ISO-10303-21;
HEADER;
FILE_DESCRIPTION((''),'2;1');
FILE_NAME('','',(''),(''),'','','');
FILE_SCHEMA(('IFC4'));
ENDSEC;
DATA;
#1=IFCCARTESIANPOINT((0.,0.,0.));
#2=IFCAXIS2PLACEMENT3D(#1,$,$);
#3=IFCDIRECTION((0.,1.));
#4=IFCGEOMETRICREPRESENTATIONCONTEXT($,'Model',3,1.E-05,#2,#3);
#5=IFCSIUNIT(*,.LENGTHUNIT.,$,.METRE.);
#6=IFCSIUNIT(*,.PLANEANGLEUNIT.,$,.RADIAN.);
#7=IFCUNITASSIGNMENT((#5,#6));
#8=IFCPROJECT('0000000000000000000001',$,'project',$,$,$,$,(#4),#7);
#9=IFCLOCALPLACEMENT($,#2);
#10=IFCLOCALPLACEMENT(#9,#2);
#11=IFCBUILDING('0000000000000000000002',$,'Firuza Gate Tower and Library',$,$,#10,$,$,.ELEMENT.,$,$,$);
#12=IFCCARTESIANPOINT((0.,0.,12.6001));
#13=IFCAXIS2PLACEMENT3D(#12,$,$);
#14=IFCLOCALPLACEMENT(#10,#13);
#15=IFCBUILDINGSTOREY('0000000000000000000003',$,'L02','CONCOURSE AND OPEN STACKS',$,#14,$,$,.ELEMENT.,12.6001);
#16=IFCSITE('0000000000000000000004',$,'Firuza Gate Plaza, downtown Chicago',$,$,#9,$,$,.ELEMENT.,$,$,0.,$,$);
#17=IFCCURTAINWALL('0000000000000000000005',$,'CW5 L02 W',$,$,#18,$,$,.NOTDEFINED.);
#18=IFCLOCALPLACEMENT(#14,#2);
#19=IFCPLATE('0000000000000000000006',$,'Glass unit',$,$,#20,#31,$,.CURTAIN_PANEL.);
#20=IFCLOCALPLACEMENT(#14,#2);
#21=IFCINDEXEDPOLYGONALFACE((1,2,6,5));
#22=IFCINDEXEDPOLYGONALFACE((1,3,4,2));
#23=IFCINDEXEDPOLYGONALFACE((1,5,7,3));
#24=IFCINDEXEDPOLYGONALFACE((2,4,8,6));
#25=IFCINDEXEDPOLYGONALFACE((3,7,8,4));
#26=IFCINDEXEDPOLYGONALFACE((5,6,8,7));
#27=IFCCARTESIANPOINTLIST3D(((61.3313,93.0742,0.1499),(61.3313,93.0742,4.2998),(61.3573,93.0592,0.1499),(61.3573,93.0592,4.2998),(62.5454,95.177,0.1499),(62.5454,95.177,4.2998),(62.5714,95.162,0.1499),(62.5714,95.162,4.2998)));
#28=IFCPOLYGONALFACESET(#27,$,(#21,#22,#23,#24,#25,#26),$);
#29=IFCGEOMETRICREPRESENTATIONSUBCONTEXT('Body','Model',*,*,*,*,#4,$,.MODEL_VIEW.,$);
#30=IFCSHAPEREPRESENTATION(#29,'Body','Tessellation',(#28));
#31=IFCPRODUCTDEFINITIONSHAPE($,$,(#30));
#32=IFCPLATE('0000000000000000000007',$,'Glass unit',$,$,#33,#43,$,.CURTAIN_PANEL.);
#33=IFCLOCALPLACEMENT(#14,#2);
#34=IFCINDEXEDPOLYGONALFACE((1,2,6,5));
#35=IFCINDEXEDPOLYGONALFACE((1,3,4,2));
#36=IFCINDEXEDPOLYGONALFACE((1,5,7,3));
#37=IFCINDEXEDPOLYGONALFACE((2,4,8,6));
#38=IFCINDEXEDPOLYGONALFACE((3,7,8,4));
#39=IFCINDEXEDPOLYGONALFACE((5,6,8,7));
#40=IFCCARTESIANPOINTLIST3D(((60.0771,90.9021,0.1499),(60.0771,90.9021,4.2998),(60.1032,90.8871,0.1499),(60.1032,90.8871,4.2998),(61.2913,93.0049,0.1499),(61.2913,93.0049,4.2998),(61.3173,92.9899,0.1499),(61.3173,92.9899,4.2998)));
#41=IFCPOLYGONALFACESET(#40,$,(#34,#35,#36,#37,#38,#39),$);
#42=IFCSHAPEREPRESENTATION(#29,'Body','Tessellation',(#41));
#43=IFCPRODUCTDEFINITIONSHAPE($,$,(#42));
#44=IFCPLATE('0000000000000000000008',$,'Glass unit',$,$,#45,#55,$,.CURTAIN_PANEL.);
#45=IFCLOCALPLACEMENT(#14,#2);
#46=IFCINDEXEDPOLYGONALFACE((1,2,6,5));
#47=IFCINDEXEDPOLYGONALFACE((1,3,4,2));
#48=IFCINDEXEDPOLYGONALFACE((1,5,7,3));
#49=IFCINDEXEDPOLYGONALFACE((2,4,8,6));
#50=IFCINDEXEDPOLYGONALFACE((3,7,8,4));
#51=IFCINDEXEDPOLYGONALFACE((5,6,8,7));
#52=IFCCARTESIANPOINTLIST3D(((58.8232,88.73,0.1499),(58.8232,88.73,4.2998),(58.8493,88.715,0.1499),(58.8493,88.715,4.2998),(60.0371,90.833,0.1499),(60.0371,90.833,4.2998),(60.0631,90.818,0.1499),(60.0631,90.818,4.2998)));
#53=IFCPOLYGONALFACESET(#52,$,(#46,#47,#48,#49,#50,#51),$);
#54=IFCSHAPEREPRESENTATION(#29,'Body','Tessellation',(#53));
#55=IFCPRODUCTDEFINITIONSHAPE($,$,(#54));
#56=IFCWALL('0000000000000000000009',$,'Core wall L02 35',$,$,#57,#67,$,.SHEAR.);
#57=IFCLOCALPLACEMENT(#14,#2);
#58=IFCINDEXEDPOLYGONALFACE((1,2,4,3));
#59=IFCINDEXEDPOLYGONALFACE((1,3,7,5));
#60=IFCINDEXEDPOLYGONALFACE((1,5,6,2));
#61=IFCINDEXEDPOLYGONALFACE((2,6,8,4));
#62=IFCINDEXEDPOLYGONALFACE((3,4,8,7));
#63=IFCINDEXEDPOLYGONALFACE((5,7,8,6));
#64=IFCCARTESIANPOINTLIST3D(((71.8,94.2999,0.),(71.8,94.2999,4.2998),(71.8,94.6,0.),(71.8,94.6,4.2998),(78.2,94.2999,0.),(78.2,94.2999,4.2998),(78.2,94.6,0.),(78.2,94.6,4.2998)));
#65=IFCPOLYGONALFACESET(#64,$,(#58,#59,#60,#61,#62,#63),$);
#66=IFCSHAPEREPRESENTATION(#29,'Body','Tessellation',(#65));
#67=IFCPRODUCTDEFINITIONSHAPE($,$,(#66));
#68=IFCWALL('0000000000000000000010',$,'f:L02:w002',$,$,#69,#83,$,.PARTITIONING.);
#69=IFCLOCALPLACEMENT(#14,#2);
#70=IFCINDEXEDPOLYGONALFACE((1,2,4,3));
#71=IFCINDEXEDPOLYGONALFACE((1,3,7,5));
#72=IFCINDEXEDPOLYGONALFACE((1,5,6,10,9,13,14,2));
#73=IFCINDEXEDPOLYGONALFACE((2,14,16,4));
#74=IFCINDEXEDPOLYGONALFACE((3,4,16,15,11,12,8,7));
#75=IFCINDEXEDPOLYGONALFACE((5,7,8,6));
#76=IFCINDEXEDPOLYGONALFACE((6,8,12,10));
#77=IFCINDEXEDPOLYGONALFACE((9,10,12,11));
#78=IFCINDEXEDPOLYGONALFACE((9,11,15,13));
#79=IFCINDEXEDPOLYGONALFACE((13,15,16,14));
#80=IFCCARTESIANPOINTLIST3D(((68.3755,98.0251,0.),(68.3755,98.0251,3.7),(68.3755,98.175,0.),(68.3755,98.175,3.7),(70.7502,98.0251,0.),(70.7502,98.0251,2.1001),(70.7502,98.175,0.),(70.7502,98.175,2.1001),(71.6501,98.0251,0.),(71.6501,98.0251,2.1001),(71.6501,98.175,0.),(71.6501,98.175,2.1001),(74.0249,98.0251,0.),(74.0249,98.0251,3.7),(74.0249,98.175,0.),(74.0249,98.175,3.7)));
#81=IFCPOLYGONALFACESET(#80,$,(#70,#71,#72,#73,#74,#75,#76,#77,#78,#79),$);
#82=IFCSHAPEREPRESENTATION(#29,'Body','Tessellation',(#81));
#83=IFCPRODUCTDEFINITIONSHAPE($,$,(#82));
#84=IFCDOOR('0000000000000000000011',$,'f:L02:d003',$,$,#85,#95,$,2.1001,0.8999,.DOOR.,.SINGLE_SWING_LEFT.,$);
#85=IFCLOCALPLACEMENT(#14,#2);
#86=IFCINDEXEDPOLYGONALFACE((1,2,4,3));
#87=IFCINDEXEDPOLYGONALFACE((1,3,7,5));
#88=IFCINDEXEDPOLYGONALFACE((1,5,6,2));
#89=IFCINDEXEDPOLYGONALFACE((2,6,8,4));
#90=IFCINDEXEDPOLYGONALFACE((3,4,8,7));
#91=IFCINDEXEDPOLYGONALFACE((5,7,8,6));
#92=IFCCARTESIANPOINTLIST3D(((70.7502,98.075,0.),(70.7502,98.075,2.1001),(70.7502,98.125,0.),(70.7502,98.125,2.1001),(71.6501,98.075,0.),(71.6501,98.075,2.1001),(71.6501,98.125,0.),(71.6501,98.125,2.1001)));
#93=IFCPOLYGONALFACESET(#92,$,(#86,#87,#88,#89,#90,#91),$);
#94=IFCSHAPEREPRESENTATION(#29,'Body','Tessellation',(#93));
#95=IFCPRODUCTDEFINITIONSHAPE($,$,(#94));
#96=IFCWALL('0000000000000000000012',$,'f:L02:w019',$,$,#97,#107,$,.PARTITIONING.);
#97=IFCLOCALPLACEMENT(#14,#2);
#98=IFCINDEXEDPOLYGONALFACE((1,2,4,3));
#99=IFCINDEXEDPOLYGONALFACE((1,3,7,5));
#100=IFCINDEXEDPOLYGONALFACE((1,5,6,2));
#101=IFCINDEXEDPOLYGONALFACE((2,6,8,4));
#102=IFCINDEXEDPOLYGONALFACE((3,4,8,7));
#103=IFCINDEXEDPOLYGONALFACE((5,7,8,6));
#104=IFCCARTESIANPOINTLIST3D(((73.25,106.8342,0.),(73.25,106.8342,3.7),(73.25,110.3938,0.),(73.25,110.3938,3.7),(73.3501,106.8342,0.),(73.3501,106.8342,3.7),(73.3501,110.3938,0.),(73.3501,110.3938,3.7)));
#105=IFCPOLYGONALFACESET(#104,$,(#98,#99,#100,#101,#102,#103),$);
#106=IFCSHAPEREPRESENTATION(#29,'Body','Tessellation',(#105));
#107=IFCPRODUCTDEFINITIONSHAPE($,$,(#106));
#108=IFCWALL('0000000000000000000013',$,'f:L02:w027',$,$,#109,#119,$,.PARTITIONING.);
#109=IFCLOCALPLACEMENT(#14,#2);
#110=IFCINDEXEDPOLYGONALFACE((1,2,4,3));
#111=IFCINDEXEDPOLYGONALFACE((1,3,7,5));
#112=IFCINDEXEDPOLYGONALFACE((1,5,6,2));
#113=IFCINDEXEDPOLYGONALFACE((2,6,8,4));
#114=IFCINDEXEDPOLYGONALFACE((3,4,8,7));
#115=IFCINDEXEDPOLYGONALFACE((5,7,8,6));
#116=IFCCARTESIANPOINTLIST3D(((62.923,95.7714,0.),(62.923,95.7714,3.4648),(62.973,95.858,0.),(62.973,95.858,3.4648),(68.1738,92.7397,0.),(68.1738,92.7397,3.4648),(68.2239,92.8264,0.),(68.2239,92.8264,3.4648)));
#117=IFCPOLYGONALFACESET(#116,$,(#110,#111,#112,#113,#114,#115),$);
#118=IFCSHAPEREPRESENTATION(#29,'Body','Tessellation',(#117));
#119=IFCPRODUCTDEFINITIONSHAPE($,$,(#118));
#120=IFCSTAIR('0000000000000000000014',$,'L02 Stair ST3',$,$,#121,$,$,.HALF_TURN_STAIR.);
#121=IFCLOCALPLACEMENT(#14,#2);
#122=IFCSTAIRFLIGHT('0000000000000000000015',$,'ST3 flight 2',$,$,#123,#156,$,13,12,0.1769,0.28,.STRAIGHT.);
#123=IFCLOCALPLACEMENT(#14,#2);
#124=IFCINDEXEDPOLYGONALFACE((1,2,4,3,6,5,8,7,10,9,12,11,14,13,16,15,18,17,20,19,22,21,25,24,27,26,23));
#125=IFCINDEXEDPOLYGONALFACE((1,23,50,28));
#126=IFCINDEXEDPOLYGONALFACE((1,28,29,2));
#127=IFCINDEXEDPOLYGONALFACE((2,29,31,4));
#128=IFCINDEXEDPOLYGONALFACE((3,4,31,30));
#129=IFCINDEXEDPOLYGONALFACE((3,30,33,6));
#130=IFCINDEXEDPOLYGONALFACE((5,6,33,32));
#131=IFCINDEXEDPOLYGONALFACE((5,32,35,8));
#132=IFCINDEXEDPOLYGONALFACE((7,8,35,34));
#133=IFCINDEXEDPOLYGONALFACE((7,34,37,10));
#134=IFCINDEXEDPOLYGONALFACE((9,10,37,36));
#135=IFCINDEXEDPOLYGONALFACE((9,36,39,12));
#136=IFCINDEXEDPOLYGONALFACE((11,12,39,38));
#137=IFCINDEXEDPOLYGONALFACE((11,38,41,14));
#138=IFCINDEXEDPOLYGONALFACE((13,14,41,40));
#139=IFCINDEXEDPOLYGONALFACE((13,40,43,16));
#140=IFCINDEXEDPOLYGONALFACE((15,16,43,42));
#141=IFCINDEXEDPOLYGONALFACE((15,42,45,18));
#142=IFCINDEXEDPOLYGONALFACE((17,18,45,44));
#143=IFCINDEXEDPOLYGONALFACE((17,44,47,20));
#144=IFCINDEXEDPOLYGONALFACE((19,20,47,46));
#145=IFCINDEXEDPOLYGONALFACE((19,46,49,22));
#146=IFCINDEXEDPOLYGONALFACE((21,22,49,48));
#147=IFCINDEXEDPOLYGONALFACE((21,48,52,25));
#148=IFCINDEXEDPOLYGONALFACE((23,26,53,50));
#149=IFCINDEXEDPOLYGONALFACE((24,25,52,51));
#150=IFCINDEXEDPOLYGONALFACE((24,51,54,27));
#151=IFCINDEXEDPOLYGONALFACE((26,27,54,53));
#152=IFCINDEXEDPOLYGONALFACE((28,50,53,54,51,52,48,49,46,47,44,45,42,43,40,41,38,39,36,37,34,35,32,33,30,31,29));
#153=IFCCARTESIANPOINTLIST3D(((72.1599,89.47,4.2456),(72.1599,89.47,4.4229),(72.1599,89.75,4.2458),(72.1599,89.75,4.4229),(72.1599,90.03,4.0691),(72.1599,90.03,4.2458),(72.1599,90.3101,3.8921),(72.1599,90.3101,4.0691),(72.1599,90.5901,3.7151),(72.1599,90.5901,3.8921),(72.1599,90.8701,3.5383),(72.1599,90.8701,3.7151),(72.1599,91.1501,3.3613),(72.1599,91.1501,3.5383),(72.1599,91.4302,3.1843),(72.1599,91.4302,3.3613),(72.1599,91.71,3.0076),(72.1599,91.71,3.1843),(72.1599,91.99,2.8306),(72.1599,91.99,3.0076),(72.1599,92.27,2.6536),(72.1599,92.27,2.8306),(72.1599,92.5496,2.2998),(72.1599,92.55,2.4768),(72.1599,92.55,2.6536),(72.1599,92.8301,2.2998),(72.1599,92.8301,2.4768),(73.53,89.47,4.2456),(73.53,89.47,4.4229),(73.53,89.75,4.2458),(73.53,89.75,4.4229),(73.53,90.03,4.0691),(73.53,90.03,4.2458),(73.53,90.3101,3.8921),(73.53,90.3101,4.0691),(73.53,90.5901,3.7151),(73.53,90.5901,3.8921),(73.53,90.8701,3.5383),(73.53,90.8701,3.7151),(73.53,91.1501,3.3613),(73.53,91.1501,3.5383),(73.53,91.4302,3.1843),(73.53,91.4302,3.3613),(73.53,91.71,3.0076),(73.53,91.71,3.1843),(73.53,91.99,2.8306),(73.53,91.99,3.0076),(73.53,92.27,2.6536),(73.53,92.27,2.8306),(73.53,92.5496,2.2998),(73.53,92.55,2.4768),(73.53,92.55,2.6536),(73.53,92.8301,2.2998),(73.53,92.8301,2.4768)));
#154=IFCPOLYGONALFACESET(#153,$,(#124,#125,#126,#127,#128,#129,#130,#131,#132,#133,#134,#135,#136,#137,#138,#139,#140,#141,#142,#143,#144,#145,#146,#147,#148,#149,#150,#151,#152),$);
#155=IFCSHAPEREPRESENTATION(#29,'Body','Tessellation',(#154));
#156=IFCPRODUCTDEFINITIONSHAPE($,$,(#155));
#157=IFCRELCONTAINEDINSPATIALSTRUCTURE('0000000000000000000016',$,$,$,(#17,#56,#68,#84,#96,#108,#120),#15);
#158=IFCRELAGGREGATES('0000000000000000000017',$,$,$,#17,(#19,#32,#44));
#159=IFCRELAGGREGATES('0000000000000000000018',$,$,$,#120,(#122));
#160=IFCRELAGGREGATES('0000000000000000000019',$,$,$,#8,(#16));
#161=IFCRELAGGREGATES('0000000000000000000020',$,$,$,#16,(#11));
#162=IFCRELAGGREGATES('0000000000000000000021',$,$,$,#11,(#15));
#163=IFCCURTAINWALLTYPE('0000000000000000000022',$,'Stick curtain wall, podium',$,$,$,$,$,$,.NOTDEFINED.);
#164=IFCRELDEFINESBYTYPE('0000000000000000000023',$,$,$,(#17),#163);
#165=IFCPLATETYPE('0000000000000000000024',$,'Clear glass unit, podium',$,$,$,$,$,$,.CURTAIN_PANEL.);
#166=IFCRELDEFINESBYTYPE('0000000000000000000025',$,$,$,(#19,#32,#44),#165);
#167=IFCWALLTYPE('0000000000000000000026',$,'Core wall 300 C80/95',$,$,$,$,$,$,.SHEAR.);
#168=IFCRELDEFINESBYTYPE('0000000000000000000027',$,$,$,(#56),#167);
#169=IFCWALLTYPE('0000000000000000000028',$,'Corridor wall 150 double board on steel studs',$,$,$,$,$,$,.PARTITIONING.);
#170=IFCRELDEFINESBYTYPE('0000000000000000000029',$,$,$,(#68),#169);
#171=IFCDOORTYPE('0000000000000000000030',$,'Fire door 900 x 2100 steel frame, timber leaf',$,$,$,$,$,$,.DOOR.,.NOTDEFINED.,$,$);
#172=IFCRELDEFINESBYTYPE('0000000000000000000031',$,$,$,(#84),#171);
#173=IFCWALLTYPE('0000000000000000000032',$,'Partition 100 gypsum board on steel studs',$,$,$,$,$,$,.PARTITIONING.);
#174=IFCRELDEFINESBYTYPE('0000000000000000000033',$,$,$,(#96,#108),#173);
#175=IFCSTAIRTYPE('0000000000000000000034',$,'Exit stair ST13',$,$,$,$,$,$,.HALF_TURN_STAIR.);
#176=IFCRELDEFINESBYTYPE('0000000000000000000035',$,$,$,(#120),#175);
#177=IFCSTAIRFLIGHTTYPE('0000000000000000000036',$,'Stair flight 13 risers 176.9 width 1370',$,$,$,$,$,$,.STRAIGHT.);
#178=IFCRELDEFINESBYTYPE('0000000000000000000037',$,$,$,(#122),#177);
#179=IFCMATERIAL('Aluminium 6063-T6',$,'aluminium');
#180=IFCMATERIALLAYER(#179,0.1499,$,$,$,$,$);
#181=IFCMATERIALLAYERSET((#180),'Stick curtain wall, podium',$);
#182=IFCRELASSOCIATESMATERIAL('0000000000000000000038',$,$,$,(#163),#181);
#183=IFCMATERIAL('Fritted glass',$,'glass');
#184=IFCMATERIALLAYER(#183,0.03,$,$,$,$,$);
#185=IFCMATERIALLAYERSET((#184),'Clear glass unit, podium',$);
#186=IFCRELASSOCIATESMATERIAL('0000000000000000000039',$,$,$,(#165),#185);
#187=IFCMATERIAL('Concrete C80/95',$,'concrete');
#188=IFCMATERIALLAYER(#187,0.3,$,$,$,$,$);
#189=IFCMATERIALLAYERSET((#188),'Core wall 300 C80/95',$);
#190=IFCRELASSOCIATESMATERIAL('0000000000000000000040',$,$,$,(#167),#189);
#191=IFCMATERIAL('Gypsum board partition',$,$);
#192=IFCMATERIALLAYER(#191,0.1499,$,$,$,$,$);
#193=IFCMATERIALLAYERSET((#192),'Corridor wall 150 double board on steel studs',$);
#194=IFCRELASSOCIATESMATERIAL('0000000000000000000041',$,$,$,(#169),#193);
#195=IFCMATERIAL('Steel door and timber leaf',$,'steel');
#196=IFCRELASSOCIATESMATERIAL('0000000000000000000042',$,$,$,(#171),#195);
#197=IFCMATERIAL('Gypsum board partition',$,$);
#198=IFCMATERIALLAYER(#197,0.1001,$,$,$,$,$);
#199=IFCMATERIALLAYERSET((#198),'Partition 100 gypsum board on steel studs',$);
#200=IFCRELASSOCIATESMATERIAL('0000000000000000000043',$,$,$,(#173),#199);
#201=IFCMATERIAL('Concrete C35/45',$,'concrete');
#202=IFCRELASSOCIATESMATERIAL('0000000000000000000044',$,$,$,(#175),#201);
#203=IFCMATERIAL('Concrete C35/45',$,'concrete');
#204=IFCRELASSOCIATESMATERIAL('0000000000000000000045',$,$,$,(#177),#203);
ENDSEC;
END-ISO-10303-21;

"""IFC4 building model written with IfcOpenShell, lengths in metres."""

from ifc_helpers import new_model, si_unit, direction, frame, frame_2d, origin, place, context, subcontext, project, spatial, polyline, rectangle, outline, extrude, material, layer, layer_set, type_object, element, fill, aggregate, save


model = new_model("IFC4")

# Units and contexts
model_context = context("Model", 3, precision=1e-05, world=origin(), true_north=direction((0.0, 1.0)))
body_context = subcontext(model_context, "Body", "Model", "MODEL_VIEW")
ifc_project = project(units=[si_unit("LENGTHUNIT", "METRE"), si_unit("PLANEANGLEUNIT", "RADIAN")], contexts=[model_context])

# Site, building, storey
site_placement = place(None, origin())
site = spatial("IfcSite", under=ifc_project, at=site_placement, Name="Firuza Gate Plaza, downtown Chicago", CompositionType="ELEMENT", RefElevation=0.0)
building_placement = place(site_placement, origin())
building = spatial("IfcBuilding", under=site, at=building_placement, Name="Firuza Gate Tower and Library", CompositionType="ELEMENT")
storey_placement = place(building_placement, frame((0.0, 0.0, 12.6001)))
storey = spatial("IfcBuildingStorey", under=building, at=storey_placement, Name="L02", Description="CONCOURSE AND OPEN STACKS", CompositionType="ELEMENT", Elevation=12.6001)

# Curtain wall
ifc_material_1 = material(Name="Aluminium 6063-T6", Category="aluminium")
ifc_layer_1 = layer(ifc_material_1, 0.1499)
ifc_layer_set_1 = layer_set([ifc_layer_1], Name="Stick curtain wall, podium")
curtain_wall_type = type_object("IfcCurtainWallType", Name="Stick curtain wall, podium", PredefinedType="NOTDEFINED", material=ifc_layer_set_1)
placement = place(storey_placement, origin())
curtain_wall = element("IfcCurtainWall", 1, at=placement, inside=storey, type_object=curtain_wall_type, Name="CW5 L02 W", PredefinedType="NOTDEFINED")

# Plates
ifc_material_2 = material(Name="Fritted glass", Category="glass")
ifc_layer_2 = layer(ifc_material_2, 0.03)
ifc_layer_set_2 = layer_set([ifc_layer_2], Name="Clear glass unit, podium")
plate_type = type_object("IfcPlateType", Name="Clear glass unit, podium", PredefinedType="CURTAIN_PANEL", material=ifc_layer_set_2)
plate_1_placement = place(storey_placement, frame((62.5454, 95.177, 0.1499), z_axis=(-0.866013, 0.500021, 0.0), x_axis=(-0.500021, -0.866013, 0.0)))
plate_1 = element("IfcPlate", 2, at=plate_1_placement, type_object=plate_type, Name="Glass unit", PredefinedType="CURTAIN_PANEL", context=body_context, shape_type="SweptSolid", body=[
    extrude(outline(polyline([(0.0, 0.0), (2.4281, 0.0), (2.4281, 4.1499), (0.0, 4.1499), (0.0, 0.0)])), origin(), (0.0, 0.0, -1.0), 0.03),
])
plate_2_placement = place(storey_placement, frame((61.2913, 93.0049, 0.1499), z_axis=(-0.866013, 0.500021, 0.0), x_axis=(-0.500021, -0.866013, 0.0)))
plate_2 = element("IfcPlate", 3, at=plate_2_placement, type_object=plate_type, Name="Glass unit", PredefinedType="CURTAIN_PANEL", context=body_context, shape_type="SweptSolid", body=[
    extrude(outline(polyline([(0.0, 0.0), (2.4281, 0.0), (2.4281, 4.1499), (0.0, 4.1499), (0.0, 0.0)])), origin(), (0.0, 0.0, -1.0), 0.03),
])
plate_3_placement = place(storey_placement, frame((60.0371, 90.833, 0.1499), z_axis=(-0.866082, 0.499902, 0.0), x_axis=(-0.499902, -0.866082, 0.0)))
plate_3 = element("IfcPlate", 4, at=plate_3_placement, type_object=plate_type, Name="Glass unit", PredefinedType="CURTAIN_PANEL", context=body_context, shape_type="SweptSolid", body=[
    extrude(outline(polyline([(0.0, 0.0), (2.4282, 0.0), (2.4282, 4.1499), (0.0, 4.1499), (0.0, 0.0)])), origin(), (0.0, 0.0, -1.0), 0.03),
])
aggregate(curtain_wall, [plate_1, plate_2, plate_3])

# Wall
ifc_material_3 = material(Name="Concrete C80/95", Category="concrete")
ifc_layer_3 = layer(ifc_material_3, 0.3)
ifc_layer_set_3 = layer_set([ifc_layer_3], Name="Core wall 300 C80/95")
wall_type_1 = type_object("IfcWallType", Name="Core wall 300 C80/95", PredefinedType="SHEAR", material=ifc_layer_set_3)
wall_1_placement = place(storey_placement, frame((71.8, 94.45, 0.0), z_axis=(0.0, 0.0, 1.0), x_axis=(1.0, 0.0, 0.0)))
element("IfcWall", 5, at=wall_1_placement, inside=storey, type_object=wall_type_1, Name="Core wall L02 35", PredefinedType="SHEAR", context=body_context, shape_type="SweptSolid", body=[
    extrude(rectangle(XDim=6.3999, YDim=0.3, at=frame_2d((3.2, 0.0))), origin(), (0.0, 0.0, 1.0), 4.2998),
])

# Wall, opening, door
ifc_material_4 = material(Name="Gypsum board partition")
ifc_layer_4 = layer(ifc_material_4, 0.1499)
ifc_layer_set_4 = layer_set([ifc_layer_4], Name="Corridor wall 150 double board on steel studs")
wall_type_2 = type_object("IfcWallType", Name="Corridor wall 150 double board on steel studs", PredefinedType="PARTITIONING", material=ifc_layer_set_4)
wall_2_placement = place(storey_placement, frame((68.3755, 98.1001, 0.0), z_axis=(0.0, 0.0, 1.0), x_axis=(1.0, 0.0, 0.0)))
wall_2 = element("IfcWall", 6, at=wall_2_placement, inside=storey, type_object=wall_type_2, Name="f:L02:w002", PredefinedType="PARTITIONING", context=body_context, shape_type="SweptSolid", body=[
    extrude(rectangle(XDim=5.6494, YDim=0.1499, at=frame_2d((2.8247, 0.0))), origin(), (0.0, 0.0, 1.0), 3.7),
])
opening_placement = place(wall_2_placement, frame((2.3748, 0.0, 0.0)))
opening = element("IfcOpeningElement", 7, at=opening_placement, cuts=wall_2, PredefinedType="OPENING", context=body_context, shape_type="SweptSolid", body=[
    extrude(rectangle(XDim=0.8999, YDim=2.1001, at=frame_2d((0.45, 1.05))), frame((0.0, 0.085, 0.0), z_axis=(0.0, -1.0, 0.0), x_axis=(1.0, 0.0, 0.0)), (0.0, 0.0, 1.0), 0.1699),
])
ifc_material_5 = material(Name="Steel door and timber leaf", Category="steel")
door_type = type_object("IfcDoorType", Name="Fire door 900 x 2100 steel frame, timber leaf", OperationType="NOTDEFINED", PredefinedType="DOOR", material=ifc_material_5)
door_placement = place(opening_placement, origin())
door = element("IfcDoor", 8, at=door_placement, inside=storey, type_object=door_type, Name="f:L02:d003", OperationType="SINGLE_SWING_LEFT", OverallHeight=2.1001, OverallWidth=0.8999, PredefinedType="DOOR", context=body_context, shape_type="SweptSolid", body=[
    extrude(rectangle(XDim=0.8999, YDim=2.1001, at=frame_2d((0.45, 1.05))), frame((0.0, 0.0249, 0.0), z_axis=(0.0, -1.0, 0.0), x_axis=(1.0, 0.0, 0.0)), (0.0, 0.0, 1.0), 0.05),
])
fill(opening, door)

# Walls
ifc_material_6 = material(Name="Gypsum board partition")
ifc_layer_5 = layer(ifc_material_6, 0.1001)
ifc_layer_set_5 = layer_set([ifc_layer_5], Name="Partition 100 gypsum board on steel studs")
wall_type_3 = type_object("IfcWallType", Name="Partition 100 gypsum board on steel studs", PredefinedType="PARTITIONING", material=ifc_layer_set_5)
wall_3_placement = place(storey_placement, frame((73.3, 106.8342, 0.0), z_axis=(0.0, 0.0, 1.0), x_axis=(0.0, 1.0, 0.0)))
element("IfcWall", 9, at=wall_3_placement, inside=storey, type_object=wall_type_3, Name="f:L02:w019", PredefinedType="PARTITIONING", context=body_context, shape_type="SweptSolid", body=[
    extrude(rectangle(XDim=3.5596, YDim=0.1001, at=frame_2d((1.7798, 0.0))), origin(), (0.0, 0.0, 1.0), 3.7),
])
wall_4_placement = place(storey_placement, frame((68.199, 92.783, 0.0), z_axis=(0.0, 0.0, 1.0), x_axis=(-0.866019, 0.500011, 0.0)))
element("IfcWall", 10, at=wall_4_placement, inside=storey, type_object=wall_type_3, Name="f:L02:w027", PredefinedType="PARTITIONING", context=body_context, shape_type="SweptSolid", body=[
    extrude(rectangle(XDim=6.0632, YDim=0.1001, at=frame_2d((3.0317, 0.0))), origin(), (0.0, 0.0, 1.0), 3.4648),
])

# Stair, stair flight
ifc_material_7 = material(Name="Concrete C35/45", Category="concrete")
stair_type = type_object("IfcStairType", Name="Exit stair ST13", PredefinedType="HALF_TURN_STAIR", material=ifc_material_7)
stair = element("IfcStair", 11, at=placement, inside=storey, type_object=stair_type, Name="L02 Stair ST3", PredefinedType="HALF_TURN_STAIR")
ifc_material_8 = material(Name="Concrete C35/45", Category="concrete")
stair_flight_type = type_object("IfcStairFlightType", Name="Stair flight 13 risers 176.9 width 1370", PredefinedType="STRAIGHT", material=ifc_material_8)
stair_flight_placement = place(storey_placement, frame((72.845, 92.8301, 2.2998), z_axis=(0.0, 0.0, 1.0), x_axis=(0.0, -1.0, 0.0)))
stair_flight = element("IfcStairFlight", 12, at=stair_flight_placement, type_object=stair_flight_type, Name="ST3 flight 2", NumberOfRisers=13, NumberOfTreads=12, PredefinedType="STRAIGHT", RiserHeight=0.1769, TreadLength=0.28, context=body_context, shape_type="SweptSolid", body=[
    extrude(outline(polyline([(0.0, 0.0), (0.0, 0.177), (0.28, 0.177), (0.28, 0.3538), (0.5601, 0.3538), (0.5601, 0.5308), (0.8401, 0.5308), (0.8401, 0.7078), (1.1201, 0.7078), (1.1201, 0.8845), (1.3999, 0.8845), (1.3999, 1.0615), (1.6799, 1.0615), (1.6799, 1.2385), (1.96, 1.2385), (1.96, 1.4153), (2.24, 1.4153), (2.24, 1.5923), (2.52, 1.5923), (2.52, 1.7693), (2.8, 1.7693), (2.8, 1.946), (3.0801, 1.946), (3.0801, 2.123), (3.3601, 2.123), (3.3601, 2.3), (3.3601, 1.9458), (0.2805, 0.0), (0.0, 0.0)])), frame((0.0, 0.6851, 0.0), z_axis=(0.0, -1.0, 0.0), x_axis=(1.0, 0.0, 0.0)), (0.0, 0.0, 1.0), 1.3701),
])
aggregate(stair, [stair_flight])

save(model, "model.ifc")
